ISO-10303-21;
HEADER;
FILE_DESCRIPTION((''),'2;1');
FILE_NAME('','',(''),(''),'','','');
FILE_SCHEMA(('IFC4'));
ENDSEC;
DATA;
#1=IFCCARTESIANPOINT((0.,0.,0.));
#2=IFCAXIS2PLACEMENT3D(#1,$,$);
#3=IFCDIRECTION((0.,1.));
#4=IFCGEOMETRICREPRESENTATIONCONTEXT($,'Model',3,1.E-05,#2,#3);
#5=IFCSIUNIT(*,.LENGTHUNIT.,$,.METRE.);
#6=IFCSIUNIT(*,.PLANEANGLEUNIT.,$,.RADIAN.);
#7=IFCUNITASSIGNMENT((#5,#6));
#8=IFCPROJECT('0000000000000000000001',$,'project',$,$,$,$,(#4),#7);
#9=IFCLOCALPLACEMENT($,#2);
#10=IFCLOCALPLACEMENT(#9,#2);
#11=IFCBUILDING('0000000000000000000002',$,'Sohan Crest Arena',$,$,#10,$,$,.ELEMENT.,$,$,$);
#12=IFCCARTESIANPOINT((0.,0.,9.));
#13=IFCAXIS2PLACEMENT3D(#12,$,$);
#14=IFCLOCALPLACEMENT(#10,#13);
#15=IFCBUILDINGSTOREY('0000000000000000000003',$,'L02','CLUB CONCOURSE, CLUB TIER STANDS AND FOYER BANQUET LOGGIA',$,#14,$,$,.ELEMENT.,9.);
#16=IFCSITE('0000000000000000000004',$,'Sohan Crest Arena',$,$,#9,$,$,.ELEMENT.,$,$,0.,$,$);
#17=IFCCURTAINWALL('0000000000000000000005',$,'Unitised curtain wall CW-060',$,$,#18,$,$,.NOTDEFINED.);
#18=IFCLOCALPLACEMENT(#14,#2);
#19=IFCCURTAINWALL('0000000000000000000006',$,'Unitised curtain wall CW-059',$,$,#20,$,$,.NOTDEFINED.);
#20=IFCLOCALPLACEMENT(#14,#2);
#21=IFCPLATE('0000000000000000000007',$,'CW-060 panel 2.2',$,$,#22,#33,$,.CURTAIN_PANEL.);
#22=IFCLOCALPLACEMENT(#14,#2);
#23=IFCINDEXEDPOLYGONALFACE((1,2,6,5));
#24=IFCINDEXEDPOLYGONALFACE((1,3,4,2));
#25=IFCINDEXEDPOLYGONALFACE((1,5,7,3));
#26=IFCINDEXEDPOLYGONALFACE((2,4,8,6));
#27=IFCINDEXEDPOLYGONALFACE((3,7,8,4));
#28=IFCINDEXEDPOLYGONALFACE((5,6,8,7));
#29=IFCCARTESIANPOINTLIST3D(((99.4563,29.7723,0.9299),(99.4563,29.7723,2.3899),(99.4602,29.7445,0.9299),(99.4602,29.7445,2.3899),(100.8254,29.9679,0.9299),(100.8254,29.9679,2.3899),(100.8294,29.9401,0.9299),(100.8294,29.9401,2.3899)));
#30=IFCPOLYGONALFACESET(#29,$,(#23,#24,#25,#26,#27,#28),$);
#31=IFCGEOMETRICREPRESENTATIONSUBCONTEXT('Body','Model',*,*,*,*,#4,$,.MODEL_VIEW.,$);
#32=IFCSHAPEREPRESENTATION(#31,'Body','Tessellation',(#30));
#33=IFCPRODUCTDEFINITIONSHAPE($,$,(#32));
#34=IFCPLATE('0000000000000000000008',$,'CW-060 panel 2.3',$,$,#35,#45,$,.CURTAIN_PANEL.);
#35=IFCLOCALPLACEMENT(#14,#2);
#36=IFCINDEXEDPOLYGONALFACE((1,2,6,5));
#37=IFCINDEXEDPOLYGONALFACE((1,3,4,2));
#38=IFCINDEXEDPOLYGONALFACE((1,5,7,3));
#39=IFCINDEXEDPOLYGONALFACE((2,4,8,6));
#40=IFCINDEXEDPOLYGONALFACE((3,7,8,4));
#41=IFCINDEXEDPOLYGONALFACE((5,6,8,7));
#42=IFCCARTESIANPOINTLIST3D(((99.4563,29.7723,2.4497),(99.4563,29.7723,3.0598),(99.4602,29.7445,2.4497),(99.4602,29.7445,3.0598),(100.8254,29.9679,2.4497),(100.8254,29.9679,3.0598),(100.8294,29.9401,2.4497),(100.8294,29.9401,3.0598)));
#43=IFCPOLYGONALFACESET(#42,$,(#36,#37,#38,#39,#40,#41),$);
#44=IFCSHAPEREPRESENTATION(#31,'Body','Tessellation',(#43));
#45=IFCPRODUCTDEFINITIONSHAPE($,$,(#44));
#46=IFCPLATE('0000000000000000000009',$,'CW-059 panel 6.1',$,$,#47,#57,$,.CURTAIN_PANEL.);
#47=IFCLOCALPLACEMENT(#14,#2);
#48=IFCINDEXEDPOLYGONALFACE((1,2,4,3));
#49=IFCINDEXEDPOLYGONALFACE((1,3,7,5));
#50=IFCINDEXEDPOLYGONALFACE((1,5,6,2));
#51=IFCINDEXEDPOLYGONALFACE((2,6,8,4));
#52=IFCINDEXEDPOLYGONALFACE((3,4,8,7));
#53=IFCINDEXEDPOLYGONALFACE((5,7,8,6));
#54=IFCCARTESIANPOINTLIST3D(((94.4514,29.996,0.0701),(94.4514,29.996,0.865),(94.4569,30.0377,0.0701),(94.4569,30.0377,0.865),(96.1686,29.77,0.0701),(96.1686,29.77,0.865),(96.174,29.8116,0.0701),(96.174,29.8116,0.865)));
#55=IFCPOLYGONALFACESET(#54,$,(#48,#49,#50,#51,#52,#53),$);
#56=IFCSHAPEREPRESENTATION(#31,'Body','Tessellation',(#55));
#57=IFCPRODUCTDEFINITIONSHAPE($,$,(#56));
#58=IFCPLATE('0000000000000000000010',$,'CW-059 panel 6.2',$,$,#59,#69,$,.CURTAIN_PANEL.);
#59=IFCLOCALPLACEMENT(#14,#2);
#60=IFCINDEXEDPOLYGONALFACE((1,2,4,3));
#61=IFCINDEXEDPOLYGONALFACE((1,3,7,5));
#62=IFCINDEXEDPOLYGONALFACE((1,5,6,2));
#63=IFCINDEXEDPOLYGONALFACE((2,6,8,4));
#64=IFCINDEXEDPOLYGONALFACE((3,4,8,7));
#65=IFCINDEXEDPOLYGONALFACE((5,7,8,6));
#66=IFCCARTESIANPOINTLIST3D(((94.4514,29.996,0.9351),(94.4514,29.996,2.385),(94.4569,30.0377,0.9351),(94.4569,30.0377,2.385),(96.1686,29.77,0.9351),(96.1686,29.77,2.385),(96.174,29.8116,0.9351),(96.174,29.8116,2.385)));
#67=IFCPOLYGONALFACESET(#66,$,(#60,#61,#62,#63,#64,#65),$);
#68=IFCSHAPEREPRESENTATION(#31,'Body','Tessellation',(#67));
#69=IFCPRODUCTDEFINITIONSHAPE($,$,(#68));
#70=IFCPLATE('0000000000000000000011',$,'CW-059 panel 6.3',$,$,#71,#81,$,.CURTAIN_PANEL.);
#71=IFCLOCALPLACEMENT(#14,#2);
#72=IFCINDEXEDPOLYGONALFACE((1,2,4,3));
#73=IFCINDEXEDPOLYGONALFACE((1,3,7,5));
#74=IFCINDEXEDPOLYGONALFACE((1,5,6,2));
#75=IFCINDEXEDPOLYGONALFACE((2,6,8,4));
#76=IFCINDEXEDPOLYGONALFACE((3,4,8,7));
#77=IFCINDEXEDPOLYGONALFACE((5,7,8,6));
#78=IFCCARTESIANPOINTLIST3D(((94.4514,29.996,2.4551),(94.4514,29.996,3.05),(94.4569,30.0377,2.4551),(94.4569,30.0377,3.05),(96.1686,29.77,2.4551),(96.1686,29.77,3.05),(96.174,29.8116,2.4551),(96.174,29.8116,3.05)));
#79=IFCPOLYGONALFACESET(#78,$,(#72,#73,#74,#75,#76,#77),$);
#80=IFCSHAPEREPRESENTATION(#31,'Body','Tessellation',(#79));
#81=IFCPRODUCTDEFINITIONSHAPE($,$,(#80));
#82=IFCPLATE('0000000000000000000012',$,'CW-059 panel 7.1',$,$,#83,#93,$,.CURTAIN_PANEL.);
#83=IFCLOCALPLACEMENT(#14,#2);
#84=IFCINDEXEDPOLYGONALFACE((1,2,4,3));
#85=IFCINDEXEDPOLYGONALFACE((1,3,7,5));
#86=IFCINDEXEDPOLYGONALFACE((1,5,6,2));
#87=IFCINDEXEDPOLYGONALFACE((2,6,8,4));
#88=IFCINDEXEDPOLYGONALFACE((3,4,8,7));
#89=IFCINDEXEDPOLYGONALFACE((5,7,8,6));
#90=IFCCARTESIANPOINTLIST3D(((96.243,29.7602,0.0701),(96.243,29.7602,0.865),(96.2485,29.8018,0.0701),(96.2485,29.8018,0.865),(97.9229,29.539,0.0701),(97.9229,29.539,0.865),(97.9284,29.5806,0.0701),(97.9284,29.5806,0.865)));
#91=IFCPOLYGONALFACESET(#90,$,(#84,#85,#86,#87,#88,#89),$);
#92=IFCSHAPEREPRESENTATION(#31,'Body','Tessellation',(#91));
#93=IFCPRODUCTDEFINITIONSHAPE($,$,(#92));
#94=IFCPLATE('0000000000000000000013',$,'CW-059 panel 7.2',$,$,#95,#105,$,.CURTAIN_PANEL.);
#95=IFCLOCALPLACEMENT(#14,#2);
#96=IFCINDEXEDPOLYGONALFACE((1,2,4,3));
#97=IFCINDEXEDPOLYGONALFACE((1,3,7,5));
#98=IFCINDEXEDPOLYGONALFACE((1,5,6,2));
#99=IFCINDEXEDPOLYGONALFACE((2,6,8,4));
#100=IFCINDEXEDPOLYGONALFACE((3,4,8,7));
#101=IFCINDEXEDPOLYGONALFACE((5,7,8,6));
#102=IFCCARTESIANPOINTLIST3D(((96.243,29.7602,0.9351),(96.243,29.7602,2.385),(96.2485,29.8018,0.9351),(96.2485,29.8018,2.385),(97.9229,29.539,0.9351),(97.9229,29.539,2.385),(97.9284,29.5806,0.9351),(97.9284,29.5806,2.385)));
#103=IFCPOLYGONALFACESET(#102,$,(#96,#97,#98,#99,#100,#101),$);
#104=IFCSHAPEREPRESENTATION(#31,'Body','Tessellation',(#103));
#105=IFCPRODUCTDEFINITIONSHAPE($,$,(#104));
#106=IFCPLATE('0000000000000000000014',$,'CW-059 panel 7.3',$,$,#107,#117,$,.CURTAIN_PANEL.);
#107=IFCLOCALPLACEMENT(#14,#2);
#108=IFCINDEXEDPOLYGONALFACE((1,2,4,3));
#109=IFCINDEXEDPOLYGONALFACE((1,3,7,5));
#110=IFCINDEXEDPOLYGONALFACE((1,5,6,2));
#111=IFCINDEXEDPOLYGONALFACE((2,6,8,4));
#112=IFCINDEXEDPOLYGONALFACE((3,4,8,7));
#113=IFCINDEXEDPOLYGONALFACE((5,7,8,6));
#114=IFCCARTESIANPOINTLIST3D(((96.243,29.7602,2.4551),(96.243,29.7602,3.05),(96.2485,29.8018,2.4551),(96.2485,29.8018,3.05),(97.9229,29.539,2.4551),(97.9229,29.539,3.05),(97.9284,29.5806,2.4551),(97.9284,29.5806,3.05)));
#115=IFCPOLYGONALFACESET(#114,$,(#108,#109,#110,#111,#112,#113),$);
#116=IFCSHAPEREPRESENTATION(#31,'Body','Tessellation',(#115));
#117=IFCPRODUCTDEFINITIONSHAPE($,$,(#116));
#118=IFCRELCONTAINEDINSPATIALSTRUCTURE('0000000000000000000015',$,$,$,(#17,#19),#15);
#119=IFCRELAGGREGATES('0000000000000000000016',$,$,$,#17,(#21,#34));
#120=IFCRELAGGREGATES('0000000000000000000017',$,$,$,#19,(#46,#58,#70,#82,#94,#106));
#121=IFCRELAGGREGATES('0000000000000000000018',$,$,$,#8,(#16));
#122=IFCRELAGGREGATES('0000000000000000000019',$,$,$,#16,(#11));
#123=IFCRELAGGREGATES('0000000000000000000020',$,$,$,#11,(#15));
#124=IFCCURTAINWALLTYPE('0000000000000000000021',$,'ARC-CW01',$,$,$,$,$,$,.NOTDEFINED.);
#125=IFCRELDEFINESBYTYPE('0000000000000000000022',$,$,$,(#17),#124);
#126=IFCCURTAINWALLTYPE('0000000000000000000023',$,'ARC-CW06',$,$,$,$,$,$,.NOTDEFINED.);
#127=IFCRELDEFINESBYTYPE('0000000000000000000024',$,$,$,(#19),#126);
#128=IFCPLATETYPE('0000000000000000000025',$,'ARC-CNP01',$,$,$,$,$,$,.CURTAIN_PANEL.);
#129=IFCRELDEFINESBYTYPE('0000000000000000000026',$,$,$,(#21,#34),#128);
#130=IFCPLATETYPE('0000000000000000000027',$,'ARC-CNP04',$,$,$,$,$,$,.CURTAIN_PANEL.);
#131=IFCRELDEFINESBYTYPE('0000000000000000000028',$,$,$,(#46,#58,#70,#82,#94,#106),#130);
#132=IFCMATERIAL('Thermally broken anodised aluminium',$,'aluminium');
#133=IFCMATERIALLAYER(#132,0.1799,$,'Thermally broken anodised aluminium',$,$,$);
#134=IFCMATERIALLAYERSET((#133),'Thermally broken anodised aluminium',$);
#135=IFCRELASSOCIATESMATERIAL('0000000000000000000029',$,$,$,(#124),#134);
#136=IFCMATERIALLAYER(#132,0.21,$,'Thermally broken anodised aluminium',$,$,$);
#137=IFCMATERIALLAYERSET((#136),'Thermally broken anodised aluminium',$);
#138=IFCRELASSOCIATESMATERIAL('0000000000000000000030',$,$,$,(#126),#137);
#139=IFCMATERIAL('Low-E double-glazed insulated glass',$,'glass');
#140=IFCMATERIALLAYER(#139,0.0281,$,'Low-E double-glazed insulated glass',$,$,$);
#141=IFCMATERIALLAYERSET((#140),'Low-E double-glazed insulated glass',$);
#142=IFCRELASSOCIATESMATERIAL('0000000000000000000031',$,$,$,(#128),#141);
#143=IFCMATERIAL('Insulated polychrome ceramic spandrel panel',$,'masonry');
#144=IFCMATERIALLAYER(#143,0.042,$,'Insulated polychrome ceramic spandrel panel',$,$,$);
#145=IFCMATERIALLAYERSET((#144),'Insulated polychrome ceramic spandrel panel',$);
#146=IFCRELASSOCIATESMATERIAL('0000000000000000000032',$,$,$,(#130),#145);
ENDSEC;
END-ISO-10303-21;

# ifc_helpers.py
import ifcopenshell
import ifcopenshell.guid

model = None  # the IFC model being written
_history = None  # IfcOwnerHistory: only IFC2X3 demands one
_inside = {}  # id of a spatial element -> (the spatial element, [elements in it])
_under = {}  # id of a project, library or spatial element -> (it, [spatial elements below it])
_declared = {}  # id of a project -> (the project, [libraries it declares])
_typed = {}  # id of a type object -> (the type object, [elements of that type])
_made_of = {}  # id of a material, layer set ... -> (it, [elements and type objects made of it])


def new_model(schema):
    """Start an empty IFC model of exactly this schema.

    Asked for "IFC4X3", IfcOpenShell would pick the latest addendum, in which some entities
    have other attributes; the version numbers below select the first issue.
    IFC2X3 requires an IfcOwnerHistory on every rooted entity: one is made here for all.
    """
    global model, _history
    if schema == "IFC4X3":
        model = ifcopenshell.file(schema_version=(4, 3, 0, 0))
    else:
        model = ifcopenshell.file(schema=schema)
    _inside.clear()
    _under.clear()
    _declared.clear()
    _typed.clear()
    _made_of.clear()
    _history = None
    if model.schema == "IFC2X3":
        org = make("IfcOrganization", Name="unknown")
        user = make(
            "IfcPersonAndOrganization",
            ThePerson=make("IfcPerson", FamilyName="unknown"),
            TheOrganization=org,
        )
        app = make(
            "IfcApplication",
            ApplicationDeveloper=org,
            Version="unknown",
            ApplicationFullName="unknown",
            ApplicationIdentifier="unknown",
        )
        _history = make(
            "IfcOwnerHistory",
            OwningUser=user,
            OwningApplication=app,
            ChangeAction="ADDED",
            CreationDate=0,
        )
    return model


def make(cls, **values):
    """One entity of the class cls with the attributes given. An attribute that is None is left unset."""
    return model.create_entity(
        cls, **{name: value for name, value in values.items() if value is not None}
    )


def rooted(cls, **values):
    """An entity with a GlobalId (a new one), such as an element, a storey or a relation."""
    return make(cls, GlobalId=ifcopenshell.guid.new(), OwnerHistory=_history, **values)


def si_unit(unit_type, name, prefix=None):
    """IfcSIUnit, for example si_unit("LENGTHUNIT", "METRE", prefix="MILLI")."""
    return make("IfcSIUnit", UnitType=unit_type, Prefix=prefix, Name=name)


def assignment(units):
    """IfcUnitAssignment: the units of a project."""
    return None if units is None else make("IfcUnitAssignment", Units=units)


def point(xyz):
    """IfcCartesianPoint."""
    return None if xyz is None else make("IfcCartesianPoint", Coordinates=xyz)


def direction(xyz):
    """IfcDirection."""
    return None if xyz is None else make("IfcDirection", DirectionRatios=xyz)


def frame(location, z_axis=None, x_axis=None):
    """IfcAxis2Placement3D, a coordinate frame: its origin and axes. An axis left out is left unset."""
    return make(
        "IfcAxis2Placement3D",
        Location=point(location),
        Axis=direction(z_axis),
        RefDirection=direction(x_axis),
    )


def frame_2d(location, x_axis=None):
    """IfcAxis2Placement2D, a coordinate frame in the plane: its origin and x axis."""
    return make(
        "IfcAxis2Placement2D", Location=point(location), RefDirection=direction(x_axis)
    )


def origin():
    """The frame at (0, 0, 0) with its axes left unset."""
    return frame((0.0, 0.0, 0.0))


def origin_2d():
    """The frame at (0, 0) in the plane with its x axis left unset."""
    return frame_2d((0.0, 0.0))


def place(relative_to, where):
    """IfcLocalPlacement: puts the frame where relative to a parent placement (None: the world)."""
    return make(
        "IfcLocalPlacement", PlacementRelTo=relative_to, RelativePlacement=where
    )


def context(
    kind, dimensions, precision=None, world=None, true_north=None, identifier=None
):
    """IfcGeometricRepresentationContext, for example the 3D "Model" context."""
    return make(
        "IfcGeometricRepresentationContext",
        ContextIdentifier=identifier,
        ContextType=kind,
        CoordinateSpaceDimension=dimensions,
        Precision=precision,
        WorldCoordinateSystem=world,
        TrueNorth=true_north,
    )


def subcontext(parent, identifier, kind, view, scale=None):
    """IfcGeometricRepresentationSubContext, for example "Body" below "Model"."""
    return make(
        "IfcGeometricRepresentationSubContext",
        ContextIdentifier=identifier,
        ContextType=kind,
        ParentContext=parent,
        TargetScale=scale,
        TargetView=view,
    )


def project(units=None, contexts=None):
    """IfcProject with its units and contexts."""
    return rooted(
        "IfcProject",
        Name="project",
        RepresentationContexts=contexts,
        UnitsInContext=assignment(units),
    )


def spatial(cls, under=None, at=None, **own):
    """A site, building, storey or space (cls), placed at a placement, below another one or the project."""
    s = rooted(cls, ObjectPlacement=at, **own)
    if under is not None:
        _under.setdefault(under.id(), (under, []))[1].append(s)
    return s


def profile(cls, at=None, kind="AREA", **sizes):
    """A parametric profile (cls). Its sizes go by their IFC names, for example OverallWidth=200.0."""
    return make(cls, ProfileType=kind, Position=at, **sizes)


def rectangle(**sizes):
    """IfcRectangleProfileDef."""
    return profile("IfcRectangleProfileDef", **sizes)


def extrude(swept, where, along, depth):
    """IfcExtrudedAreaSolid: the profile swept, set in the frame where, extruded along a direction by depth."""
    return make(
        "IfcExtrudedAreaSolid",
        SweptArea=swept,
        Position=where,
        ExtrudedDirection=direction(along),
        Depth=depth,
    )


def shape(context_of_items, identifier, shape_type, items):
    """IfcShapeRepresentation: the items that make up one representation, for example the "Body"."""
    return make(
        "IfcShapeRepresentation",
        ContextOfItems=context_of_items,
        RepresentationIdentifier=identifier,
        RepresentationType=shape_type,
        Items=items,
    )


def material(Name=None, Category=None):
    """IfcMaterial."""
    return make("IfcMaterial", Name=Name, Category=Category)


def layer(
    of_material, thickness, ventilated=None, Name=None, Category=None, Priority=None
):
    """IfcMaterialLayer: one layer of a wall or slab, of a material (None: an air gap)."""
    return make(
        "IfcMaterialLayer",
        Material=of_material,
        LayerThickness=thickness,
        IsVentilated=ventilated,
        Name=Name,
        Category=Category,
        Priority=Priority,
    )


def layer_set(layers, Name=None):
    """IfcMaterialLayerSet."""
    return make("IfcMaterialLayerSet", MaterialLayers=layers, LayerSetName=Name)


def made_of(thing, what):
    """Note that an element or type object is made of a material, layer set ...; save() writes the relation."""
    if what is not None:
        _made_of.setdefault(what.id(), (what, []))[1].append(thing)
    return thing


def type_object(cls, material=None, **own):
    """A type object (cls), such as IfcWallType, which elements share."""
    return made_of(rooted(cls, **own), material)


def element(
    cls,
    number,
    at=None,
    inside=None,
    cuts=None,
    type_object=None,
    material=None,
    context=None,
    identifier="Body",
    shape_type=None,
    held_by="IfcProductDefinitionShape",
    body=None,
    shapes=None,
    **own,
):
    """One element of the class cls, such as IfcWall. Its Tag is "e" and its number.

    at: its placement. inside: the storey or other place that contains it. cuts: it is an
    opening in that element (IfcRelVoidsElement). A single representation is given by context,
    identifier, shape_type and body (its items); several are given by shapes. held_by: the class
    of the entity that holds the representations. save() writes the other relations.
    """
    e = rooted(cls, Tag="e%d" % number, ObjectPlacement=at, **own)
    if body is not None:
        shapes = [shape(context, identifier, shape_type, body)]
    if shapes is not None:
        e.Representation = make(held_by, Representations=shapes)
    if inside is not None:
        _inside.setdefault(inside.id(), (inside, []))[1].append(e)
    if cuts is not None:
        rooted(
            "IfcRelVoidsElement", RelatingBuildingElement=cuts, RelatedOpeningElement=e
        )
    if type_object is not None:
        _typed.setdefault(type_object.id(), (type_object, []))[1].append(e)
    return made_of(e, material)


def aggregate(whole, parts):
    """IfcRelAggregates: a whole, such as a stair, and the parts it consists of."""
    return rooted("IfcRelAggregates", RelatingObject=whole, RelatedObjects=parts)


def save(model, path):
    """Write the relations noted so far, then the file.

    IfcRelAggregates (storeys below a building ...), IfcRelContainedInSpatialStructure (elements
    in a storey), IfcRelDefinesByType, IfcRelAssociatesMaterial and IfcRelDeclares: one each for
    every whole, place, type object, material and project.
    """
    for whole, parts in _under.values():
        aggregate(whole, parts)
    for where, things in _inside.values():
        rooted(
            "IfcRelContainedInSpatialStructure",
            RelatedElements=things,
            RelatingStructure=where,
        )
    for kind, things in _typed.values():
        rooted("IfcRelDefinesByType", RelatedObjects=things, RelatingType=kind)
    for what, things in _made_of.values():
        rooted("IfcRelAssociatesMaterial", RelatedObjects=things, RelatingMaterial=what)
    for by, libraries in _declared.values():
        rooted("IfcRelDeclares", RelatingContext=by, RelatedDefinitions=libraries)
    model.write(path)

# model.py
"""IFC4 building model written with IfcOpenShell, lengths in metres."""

from ifc_helpers import new_model, si_unit, direction, frame, origin, origin_2d, place, context, subcontext, project, spatial, rectangle, extrude, material, layer, layer_set, type_object, element, aggregate, save


model = new_model("IFC4")

# Units and contexts
model_context = context("Model", 3, precision=1e-05, world=origin(), true_north=direction((0.0, 1.0)))
body_context = subcontext(model_context, "Body", "Model", "MODEL_VIEW")
ifc_project = project(units=[si_unit("LENGTHUNIT", "METRE"), si_unit("PLANEANGLEUNIT", "RADIAN")], contexts=[model_context])

# Site, building, storey
site_placement = place(None, origin())
site = spatial("IfcSite", under=ifc_project, at=site_placement, Name="Sohan Crest Arena", CompositionType="ELEMENT", RefElevation=0.0)
building_placement = place(site_placement, origin())
building = spatial("IfcBuilding", under=site, at=building_placement, Name="Sohan Crest Arena", CompositionType="ELEMENT")
storey_placement = place(building_placement, frame((0.0, 0.0, 9.0)))
storey = spatial("IfcBuildingStorey", under=building, at=storey_placement, Name="L02", Description="CLUB CONCOURSE, CLUB TIER STANDS AND FOYER BANQUET LOGGIA", CompositionType="ELEMENT", Elevation=9.0)

# Curtain wall
ifc_material_1 = material(Name="Thermally broken anodised aluminium", Category="aluminium")
ifc_layer_1 = layer(ifc_material_1, 0.1799, Name="Thermally broken anodised aluminium")
ifc_layer_set_1 = layer_set([ifc_layer_1], Name="Thermally broken anodised aluminium")
curtain_wall_type_1 = type_object("IfcCurtainWallType", Name="ARC-CW01", PredefinedType="NOTDEFINED", material=ifc_layer_set_1)
curtain_wall_1_placement = place(storey_placement, origin())
curtain_wall_1 = element("IfcCurtainWall", 1, at=curtain_wall_1_placement, inside=storey, type_object=curtain_wall_type_1, Name="Unitised curtain wall CW-060", PredefinedType="NOTDEFINED")

# Curtain wall
ifc_layer_2 = layer(ifc_material_1, 0.21, Name="Thermally broken anodised aluminium")
ifc_layer_set_2 = layer_set([ifc_layer_2], Name="Thermally broken anodised aluminium")
curtain_wall_type_2 = type_object("IfcCurtainWallType", Name="ARC-CW06", PredefinedType="NOTDEFINED", material=ifc_layer_set_2)
curtain_wall_2_placement = place(storey_placement, origin())
curtain_wall_2 = element("IfcCurtainWall", 2, at=curtain_wall_2_placement, inside=storey, type_object=curtain_wall_type_2, Name="Unitised curtain wall CW-059", PredefinedType="NOTDEFINED")

# Plates
ifc_material_2 = material(Name="Low-E double-glazed insulated glass", Category="glass")
ifc_layer_3 = layer(ifc_material_2, 0.0281, Name="Low-E double-glazed insulated glass")
ifc_layer_set_3 = layer_set([ifc_layer_3], Name="Low-E double-glazed insulated glass")
plate_type_1 = type_object("IfcPlateType", Name="ARC-CNP01", PredefinedType="CURTAIN_PANEL", material=ifc_layer_set_3)
plate_1_placement = place(storey_placement, frame((100.1428, 29.8562, 0.9299), z_axis=(0.0, 0.0, 1.0), x_axis=(0.989944, 0.141463, 0.0)))
plate_1 = element("IfcPlate", 3, at=plate_1_placement, type_object=plate_type_1, Name="CW-060 panel 2.2", PredefinedType="CURTAIN_PANEL", context=body_context, shape_type="SweptSolid", body=[
    extrude(rectangle(XDim=1.3831, YDim=0.0281, at=origin_2d()), origin(), (0.0, 0.0, 1.0), 1.46),
])
plate_2_placement = place(storey_placement, frame((100.1428, 29.8562, 2.4497), z_axis=(0.0, 0.0, 1.0), x_axis=(0.989944, 0.141463, 0.0)))
plate_2 = element("IfcPlate", 4, at=plate_2_placement, type_object=plate_type_1, Name="CW-060 panel 2.3", PredefinedType="CURTAIN_PANEL", context=body_context, shape_type="SweptSolid", body=[
    extrude(rectangle(XDim=1.3831, YDim=0.0281, at=origin_2d()), origin(), (0.0, 0.0, 1.0), 0.6101),
])
aggregate(curtain_wall_1, [plate_1, plate_2])
ifc_material_3 = material(Name="Insulated polychrome ceramic spandrel panel", Category="masonry")
ifc_layer_4 = layer(ifc_material_3, 0.042, Name="Insulated polychrome ceramic spandrel panel")
ifc_layer_set_4 = layer_set([ifc_layer_4], Name="Insulated polychrome ceramic spandrel panel")
plate_type_2 = type_object("IfcPlateType", Name="ARC-CNP04", PredefinedType="CURTAIN_PANEL", material=ifc_layer_set_4)
plate_3_placement = place(storey_placement, frame((95.3127, 29.9038, 0.0701), z_axis=(0.0, 0.0, 1.0), x_axis=(0.991444, -0.130532, 0.0)))
plate_3 = element("IfcPlate", 5, at=plate_3_placement, type_object=plate_type_2, Name="CW-059 panel 6.1", PredefinedType="CURTAIN_PANEL", context=body_context, shape_type="SweptSolid", body=[
    extrude(rectangle(XDim=1.7319, YDim=0.042, at=origin_2d()), origin(), (0.0, 0.0, 1.0), 0.7949),
])
plate_4_placement = place(storey_placement, frame((95.3127, 29.9038, 0.9351), z_axis=(0.0, 0.0, 1.0), x_axis=(0.991444, -0.130532, 0.0)))
plate_4 = element("IfcPlate", 6, at=plate_4_placement, type_object=plate_type_2, Name="CW-059 panel 6.2", PredefinedType="CURTAIN_PANEL", context=body_context, shape_type="SweptSolid", body=[
    extrude(rectangle(XDim=1.7319, YDim=0.042, at=origin_2d()), origin(), (0.0, 0.0, 1.0), 1.45),
])
plate_5_placement = place(storey_placement, frame((95.3127, 29.9038, 2.4551), z_axis=(0.0, 0.0, 1.0), x_axis=(0.991444, -0.130532, 0.0)))
plate_5 = element("IfcPlate", 7, at=plate_5_placement, type_object=plate_type_2, Name="CW-059 panel 6.3", PredefinedType="CURTAIN_PANEL", context=body_context, shape_type="SweptSolid", body=[
    extrude(rectangle(XDim=1.7319, YDim=0.042, at=origin_2d()), origin(), (0.0, 0.0, 1.0), 0.595),
])
plate_6_placement = place(storey_placement, frame((97.0857, 29.6704, 0.0701), z_axis=(0.0, 0.0, 1.0), x_axis=(0.991444, -0.130532, 0.0)))
plate_6 = element("IfcPlate", 8, at=plate_6_placement, type_object=plate_type_2, Name="CW-059 panel 7.1", PredefinedType="CURTAIN_PANEL", context=body_context, shape_type="SweptSolid", body=[
    extrude(rectangle(XDim=1.6943, YDim=0.042, at=origin_2d()), origin(), (0.0, 0.0, 1.0), 0.7949),
])
plate_7_placement = place(storey_placement, frame((97.0857, 29.6704, 0.9351), z_axis=(0.0, 0.0, 1.0), x_axis=(0.991444, -0.130532, 0.0)))
plate_7 = element("IfcPlate", 9, at=plate_7_placement, type_object=plate_type_2, Name="CW-059 panel 7.2", PredefinedType="CURTAIN_PANEL", context=body_context, shape_type="SweptSolid", body=[
    extrude(rectangle(XDim=1.6943, YDim=0.042, at=origin_2d()), origin(), (0.0, 0.0, 1.0), 1.45),
])
plate_8_placement = place(storey_placement, frame((97.0857, 29.6704, 2.4551), z_axis=(0.0, 0.0, 1.0), x_axis=(0.991444, -0.130532, 0.0)))
plate_8 = element("IfcPlate", 10, at=plate_8_placement, type_object=plate_type_2, Name="CW-059 panel 7.3", PredefinedType="CURTAIN_PANEL", context=body_context, shape_type="SweptSolid", body=[
    extrude(rectangle(XDim=1.6943, YDim=0.042, at=origin_2d()), origin(), (0.0, 0.0, 1.0), 0.595),
])
aggregate(curtain_wall_2, [plate_3, plate_4, plate_5, plate_6, plate_7, plate_8])

save(model, "model.ifc")
